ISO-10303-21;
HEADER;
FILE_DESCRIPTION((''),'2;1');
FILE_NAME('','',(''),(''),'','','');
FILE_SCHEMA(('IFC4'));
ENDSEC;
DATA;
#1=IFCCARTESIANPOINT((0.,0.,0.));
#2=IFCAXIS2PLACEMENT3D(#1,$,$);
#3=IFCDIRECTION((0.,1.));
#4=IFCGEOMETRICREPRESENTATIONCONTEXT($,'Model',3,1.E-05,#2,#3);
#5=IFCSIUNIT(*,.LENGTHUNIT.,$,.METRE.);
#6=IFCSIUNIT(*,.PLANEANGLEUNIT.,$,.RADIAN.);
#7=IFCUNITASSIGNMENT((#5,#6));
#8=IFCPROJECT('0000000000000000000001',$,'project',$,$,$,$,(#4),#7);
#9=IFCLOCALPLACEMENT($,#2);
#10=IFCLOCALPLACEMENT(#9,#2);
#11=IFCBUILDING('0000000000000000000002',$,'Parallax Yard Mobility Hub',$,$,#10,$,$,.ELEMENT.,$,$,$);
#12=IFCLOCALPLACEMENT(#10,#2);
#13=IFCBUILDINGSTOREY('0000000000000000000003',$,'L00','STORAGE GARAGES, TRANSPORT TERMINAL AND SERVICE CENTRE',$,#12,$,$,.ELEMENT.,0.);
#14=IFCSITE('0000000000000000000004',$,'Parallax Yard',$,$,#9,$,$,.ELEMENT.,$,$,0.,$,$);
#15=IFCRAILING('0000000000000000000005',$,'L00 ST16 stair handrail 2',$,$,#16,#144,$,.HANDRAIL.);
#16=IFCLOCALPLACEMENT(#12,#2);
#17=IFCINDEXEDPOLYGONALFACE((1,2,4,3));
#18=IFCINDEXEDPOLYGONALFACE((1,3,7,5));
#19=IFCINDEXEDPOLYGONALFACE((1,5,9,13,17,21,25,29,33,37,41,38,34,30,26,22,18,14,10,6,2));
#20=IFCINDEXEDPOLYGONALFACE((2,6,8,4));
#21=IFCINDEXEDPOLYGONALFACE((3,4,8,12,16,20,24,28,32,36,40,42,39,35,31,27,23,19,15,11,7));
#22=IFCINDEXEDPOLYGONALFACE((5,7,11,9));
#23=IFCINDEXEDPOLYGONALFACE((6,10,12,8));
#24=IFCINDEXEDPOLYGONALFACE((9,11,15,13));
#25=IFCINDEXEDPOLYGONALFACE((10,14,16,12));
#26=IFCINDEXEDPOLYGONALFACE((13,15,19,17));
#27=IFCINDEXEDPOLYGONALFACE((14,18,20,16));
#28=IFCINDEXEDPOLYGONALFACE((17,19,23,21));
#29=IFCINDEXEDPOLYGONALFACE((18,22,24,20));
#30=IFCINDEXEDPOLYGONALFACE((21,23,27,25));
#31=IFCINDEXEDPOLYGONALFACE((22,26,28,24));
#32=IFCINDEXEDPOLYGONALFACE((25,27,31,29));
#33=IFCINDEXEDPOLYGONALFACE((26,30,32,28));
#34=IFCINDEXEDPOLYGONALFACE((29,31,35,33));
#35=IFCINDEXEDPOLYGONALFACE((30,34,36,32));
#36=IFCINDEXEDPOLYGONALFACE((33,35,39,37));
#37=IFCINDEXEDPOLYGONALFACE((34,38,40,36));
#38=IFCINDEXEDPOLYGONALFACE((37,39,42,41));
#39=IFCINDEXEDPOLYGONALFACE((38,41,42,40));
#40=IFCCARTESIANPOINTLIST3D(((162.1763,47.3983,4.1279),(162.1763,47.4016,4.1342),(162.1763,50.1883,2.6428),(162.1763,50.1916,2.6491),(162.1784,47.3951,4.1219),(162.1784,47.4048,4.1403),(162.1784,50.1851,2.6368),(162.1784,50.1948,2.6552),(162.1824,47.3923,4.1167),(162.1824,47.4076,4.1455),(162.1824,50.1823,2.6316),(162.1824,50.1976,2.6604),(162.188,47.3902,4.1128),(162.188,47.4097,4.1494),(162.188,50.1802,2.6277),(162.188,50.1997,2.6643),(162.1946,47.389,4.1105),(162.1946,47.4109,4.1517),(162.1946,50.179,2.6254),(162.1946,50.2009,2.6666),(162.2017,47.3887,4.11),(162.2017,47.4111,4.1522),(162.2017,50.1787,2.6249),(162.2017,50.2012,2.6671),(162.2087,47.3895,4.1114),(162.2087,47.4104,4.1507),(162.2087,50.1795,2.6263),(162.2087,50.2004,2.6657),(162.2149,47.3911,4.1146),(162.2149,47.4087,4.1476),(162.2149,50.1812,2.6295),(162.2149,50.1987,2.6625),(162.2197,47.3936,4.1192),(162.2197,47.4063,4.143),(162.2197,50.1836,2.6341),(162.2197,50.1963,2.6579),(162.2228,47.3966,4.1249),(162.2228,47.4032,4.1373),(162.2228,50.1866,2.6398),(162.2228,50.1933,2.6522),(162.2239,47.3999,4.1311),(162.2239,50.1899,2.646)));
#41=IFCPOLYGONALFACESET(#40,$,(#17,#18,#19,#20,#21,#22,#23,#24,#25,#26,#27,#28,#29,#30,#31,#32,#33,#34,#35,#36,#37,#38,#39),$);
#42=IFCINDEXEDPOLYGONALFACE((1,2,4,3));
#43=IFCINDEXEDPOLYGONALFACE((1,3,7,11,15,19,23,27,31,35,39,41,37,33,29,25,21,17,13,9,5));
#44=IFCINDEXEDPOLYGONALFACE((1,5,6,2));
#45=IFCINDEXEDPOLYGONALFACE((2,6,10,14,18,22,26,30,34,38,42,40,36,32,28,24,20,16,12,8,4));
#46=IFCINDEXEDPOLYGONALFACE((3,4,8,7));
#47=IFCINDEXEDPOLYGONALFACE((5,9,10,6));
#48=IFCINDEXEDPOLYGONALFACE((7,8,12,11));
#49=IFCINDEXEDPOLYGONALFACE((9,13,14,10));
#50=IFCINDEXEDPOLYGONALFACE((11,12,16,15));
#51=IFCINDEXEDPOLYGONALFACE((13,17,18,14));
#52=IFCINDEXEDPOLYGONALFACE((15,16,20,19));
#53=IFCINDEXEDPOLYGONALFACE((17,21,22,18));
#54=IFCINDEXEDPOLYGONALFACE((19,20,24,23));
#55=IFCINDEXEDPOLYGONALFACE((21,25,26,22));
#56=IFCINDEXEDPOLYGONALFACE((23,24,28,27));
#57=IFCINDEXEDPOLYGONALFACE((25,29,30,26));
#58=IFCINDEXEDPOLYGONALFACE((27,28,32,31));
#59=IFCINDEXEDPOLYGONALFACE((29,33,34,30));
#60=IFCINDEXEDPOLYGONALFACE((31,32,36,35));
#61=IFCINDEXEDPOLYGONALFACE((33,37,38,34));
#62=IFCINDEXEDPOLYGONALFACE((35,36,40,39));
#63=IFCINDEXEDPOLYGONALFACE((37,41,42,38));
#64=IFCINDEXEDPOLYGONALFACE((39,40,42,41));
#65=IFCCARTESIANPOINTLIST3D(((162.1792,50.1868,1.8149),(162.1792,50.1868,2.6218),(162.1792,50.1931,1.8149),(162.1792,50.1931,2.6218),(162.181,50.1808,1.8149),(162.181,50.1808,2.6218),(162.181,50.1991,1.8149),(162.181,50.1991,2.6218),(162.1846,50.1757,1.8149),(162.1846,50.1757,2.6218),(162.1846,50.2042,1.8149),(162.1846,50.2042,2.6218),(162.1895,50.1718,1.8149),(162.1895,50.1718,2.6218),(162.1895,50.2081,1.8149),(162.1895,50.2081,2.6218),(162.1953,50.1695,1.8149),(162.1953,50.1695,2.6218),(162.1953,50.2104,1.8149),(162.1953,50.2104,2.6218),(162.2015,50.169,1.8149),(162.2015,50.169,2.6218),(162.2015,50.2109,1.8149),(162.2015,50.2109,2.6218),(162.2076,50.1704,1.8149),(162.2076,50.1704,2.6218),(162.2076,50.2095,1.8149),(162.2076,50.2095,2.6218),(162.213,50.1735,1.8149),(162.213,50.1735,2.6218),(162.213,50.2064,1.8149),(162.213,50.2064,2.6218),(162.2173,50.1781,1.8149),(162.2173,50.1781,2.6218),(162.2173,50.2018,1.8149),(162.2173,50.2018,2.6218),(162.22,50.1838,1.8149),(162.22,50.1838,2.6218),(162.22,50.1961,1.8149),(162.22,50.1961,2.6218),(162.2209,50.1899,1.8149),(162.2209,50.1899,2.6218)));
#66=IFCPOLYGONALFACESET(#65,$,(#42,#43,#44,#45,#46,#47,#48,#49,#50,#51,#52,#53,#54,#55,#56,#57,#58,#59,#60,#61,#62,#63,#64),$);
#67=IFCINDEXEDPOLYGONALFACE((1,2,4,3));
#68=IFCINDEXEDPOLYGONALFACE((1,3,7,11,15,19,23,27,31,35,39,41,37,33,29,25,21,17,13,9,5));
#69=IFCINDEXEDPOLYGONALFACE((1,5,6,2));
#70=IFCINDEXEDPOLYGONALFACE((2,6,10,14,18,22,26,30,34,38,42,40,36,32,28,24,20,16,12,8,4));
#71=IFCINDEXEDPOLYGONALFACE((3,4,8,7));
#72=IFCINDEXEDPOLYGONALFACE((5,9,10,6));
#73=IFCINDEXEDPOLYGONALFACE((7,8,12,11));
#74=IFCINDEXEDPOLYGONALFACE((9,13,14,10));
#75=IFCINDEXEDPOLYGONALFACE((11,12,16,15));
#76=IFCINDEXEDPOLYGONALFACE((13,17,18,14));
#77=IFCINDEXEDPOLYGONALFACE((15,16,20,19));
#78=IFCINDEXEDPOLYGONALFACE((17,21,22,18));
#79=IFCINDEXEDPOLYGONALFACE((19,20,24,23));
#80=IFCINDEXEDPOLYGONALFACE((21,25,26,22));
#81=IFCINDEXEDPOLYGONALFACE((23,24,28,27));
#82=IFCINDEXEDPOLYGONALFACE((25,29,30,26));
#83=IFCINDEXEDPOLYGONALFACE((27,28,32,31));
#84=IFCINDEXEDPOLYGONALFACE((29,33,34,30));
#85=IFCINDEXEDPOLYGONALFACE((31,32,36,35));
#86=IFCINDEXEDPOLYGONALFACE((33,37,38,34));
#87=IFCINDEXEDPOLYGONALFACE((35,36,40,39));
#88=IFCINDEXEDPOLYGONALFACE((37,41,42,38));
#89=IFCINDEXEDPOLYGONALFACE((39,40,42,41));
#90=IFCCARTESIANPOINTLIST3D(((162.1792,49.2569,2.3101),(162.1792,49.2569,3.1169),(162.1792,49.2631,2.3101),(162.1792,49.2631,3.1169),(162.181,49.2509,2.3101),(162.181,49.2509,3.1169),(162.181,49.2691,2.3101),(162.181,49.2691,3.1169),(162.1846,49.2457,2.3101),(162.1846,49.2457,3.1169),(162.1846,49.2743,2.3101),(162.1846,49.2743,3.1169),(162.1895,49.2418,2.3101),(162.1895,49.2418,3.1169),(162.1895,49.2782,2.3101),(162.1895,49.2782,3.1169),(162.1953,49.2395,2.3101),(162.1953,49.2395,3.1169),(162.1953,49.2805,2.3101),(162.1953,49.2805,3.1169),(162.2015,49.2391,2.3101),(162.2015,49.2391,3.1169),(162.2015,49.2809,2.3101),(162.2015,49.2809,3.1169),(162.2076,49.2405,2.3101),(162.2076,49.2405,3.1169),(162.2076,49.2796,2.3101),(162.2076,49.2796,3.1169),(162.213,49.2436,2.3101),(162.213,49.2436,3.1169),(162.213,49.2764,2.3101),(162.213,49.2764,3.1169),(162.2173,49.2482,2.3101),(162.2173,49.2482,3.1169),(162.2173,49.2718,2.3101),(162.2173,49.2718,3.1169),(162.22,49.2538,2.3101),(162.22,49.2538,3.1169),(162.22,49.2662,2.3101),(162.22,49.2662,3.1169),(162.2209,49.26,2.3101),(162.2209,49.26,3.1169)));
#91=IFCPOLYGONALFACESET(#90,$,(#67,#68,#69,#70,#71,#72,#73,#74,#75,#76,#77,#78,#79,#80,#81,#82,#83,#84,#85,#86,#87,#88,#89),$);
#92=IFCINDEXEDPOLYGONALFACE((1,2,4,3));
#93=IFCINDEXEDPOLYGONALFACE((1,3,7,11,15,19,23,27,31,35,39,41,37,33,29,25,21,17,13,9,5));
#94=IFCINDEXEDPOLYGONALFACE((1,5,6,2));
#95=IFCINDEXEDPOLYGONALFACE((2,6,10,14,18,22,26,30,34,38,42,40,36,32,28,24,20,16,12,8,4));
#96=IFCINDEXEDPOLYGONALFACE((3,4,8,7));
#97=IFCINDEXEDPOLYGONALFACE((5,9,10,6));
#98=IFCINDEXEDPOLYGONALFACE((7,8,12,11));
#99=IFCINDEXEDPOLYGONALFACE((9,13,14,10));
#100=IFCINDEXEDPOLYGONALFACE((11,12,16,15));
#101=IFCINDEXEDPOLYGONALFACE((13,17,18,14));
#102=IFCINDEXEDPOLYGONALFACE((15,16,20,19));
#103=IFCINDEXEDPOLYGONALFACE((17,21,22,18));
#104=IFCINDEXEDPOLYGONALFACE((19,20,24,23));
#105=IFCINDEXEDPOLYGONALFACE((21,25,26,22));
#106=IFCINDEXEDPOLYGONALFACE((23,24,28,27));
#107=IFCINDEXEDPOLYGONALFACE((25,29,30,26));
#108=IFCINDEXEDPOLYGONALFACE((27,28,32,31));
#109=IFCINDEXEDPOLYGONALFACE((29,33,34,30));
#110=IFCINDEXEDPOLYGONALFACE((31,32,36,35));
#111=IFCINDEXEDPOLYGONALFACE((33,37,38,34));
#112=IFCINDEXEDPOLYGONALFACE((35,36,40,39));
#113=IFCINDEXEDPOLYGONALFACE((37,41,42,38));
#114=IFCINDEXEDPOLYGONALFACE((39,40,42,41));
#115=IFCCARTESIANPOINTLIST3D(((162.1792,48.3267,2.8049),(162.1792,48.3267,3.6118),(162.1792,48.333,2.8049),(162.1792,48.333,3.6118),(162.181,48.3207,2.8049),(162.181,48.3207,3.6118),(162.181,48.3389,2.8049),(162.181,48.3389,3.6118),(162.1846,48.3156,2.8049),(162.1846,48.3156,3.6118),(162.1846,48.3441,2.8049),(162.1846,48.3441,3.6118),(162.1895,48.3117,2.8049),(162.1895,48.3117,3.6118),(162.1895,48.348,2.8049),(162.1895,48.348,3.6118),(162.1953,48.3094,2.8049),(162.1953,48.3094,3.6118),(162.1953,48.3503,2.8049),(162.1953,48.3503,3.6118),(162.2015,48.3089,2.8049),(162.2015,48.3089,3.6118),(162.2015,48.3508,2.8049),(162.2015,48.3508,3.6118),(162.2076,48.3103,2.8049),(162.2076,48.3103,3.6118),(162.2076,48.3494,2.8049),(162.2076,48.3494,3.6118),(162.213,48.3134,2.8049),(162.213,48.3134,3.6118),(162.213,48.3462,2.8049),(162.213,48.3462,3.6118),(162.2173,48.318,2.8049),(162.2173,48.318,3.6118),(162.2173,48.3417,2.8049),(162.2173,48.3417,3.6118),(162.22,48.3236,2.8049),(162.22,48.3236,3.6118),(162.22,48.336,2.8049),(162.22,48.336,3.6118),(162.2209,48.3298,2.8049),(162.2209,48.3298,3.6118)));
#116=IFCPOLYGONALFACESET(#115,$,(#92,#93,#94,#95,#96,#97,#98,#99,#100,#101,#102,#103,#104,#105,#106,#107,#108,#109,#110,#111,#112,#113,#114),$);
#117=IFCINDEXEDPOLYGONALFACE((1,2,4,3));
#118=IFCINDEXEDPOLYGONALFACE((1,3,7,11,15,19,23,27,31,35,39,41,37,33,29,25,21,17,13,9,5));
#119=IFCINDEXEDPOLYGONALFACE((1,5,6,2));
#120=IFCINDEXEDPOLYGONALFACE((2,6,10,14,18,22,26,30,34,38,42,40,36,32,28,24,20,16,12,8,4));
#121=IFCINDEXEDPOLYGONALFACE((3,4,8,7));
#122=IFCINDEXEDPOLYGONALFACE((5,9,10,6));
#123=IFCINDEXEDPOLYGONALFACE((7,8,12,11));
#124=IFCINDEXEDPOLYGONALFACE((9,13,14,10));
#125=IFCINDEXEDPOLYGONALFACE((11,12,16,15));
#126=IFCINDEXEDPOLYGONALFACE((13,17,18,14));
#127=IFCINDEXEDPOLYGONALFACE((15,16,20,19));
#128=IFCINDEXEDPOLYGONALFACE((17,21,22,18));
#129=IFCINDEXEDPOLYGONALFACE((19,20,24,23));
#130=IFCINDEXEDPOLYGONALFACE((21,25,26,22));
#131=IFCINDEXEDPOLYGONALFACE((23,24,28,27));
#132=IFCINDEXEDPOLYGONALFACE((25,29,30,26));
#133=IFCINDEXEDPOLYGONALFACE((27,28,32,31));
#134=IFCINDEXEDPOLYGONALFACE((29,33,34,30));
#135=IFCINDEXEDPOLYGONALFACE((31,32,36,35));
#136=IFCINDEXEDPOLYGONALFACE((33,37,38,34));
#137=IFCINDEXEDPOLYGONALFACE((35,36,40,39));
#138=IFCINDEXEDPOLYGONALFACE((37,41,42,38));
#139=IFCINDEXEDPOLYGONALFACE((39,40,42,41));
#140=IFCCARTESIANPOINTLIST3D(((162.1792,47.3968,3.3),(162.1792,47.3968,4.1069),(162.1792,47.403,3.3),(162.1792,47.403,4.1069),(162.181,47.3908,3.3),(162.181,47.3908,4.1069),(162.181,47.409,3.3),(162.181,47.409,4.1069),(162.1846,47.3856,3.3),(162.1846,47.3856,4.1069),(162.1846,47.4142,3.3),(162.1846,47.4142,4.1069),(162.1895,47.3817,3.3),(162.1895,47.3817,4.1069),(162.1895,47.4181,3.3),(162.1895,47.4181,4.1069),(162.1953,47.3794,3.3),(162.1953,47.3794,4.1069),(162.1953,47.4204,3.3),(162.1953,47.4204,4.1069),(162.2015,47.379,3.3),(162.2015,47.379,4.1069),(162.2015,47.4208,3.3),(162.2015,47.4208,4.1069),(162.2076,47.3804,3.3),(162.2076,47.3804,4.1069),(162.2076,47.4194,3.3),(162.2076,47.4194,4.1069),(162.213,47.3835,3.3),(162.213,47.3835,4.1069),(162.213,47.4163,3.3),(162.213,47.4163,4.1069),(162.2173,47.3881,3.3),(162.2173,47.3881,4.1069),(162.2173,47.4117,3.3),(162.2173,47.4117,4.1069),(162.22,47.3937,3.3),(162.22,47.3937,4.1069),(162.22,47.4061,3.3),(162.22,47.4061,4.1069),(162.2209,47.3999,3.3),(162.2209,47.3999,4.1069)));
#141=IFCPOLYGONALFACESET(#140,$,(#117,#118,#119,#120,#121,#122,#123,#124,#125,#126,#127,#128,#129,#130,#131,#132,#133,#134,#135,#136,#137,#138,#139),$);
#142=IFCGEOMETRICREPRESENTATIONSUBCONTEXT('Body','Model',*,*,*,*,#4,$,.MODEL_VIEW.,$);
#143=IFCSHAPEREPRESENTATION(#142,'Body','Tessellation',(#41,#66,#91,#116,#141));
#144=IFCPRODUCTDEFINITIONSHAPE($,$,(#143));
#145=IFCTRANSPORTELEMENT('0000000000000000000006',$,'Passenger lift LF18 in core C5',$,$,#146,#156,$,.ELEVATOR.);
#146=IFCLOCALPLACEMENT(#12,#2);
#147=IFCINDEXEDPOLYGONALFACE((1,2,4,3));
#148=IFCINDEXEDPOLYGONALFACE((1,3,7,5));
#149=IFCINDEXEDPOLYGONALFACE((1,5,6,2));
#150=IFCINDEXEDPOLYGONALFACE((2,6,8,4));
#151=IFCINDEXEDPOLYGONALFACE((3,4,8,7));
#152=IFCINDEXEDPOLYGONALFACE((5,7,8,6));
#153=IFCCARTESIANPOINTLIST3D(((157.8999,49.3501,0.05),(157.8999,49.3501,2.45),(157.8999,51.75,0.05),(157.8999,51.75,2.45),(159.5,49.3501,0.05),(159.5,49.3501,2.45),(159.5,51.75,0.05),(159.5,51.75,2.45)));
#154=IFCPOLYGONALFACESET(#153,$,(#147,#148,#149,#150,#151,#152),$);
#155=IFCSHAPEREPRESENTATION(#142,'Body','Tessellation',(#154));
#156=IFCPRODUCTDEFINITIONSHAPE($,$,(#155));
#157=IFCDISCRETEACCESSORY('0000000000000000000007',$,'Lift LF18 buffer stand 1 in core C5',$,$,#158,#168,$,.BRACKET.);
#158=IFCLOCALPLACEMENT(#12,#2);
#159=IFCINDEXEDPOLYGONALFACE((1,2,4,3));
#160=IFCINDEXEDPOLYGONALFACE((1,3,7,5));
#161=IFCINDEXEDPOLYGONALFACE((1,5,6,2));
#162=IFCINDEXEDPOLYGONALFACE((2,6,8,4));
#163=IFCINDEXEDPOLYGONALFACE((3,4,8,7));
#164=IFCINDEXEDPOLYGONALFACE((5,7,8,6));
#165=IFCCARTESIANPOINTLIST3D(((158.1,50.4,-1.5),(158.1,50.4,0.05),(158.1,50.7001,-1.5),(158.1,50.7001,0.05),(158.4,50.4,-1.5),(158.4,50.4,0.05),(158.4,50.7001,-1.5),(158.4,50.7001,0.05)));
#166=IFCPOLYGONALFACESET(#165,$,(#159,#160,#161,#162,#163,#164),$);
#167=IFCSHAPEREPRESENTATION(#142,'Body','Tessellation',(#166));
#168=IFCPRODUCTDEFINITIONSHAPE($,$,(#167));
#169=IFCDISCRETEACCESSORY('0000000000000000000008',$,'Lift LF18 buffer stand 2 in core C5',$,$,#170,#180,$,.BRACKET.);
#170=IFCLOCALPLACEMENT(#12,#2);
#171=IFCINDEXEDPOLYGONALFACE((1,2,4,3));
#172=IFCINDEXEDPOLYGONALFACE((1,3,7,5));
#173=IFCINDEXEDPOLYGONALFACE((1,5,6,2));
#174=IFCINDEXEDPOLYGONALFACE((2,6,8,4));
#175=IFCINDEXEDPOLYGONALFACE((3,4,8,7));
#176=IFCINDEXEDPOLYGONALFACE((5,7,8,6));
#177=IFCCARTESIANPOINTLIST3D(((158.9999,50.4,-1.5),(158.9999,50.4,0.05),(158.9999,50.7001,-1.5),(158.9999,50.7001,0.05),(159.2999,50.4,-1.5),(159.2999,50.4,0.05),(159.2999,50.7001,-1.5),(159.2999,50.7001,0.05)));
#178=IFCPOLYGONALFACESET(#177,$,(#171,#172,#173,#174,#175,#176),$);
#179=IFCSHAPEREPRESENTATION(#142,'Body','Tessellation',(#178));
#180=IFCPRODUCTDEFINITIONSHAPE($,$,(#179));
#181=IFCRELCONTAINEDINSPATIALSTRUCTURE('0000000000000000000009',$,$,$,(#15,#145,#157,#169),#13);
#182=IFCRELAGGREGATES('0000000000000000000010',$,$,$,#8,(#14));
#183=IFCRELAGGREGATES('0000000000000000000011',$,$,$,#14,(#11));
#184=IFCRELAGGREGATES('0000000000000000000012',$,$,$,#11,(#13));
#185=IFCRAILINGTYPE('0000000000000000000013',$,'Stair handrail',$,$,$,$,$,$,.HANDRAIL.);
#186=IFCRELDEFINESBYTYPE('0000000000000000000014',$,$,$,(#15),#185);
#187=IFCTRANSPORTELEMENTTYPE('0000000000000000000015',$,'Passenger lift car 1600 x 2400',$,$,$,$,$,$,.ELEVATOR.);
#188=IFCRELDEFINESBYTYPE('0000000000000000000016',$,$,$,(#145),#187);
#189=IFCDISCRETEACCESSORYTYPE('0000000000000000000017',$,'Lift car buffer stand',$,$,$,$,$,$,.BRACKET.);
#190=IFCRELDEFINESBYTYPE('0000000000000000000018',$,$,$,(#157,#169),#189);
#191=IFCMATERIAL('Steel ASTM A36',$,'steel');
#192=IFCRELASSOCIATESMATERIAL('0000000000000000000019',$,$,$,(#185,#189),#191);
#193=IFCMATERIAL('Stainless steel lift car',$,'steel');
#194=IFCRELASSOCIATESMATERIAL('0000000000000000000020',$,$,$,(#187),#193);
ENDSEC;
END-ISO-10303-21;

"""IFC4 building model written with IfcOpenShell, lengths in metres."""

from ifc_helpers import new_model, si_unit, direction, frame, origin, origin_2d, place, context, subcontext, project, spatial, rectangle, circle, extrude, material, type_object, element, save


model = new_model("IFC4")

# Units and contexts
model_context = context("Model", 3, precision=1e-05, world=origin(), true_north=direction((0.0, 1.0)))
body_context = subcontext(model_context, "Body", "Model", "MODEL_VIEW")
ifc_project = project(units=[si_unit("LENGTHUNIT", "METRE"), si_unit("PLANEANGLEUNIT", "RADIAN")], contexts=[model_context])

# Site, building, storey
site_placement = place(None, origin())
site = spatial("IfcSite", under=ifc_project, at=site_placement, Name="Parallax Yard", CompositionType="ELEMENT", RefElevation=0.0)
building_placement = place(site_placement, origin())
building = spatial("IfcBuilding", under=site, at=building_placement, Name="Parallax Yard Mobility Hub", CompositionType="ELEMENT")
storey_placement = place(building_placement, origin())
storey = spatial("IfcBuildingStorey", under=building, at=storey_placement, Name="L00", Description="STORAGE GARAGES, TRANSPORT TERMINAL AND SERVICE CENTRE", CompositionType="ELEMENT", Elevation=0.0)

# Railing
ifc_material_1 = material(Name="Steel ASTM A36", Category="steel")
railing_type_1 = type_object("IfcRailingType", Name="Stair handrail", PredefinedType="HANDRAIL", material=ifc_material_1)
railing_1_placement = place(storey_placement, frame((162.2, 50.1899, 1.8149)))
element("IfcRailing", 1, at=railing_1_placement, inside=storey, type_object=railing_type_1, Name="L00 ST16 stair handrail 2", PredefinedType="HANDRAIL", context=body_context, shape_type="SweptSolid", body=[
    extrude(circle(Radius=0.0239, at=origin_2d()), frame((0.0, 0.0, 0.8311), z_axis=(0.0, -0.882735, 0.46987), x_axis=(1.0, 0.0, 0.0)), (0.0, 0.0, 1.0), 3.1606),
    extrude(circle(Radius=0.021, at=origin_2d()), origin(), (0.0, 0.0, 1.0), 0.8069),
    extrude(circle(Radius=0.021, at=origin_2d()), frame((0.0, -0.9299, 0.4951)), (0.0, 0.0, 1.0), 0.8069),
    extrude(circle(Radius=0.021, at=origin_2d()), frame((0.0, -1.8601, 0.99)), (0.0, 0.0, 1.0), 0.8069),
    extrude(circle(Radius=0.021, at=origin_2d()), frame((0.0, -2.79, 1.4851)), (0.0, 0.0, 1.0), 0.8069),
])

# Transport element
ifc_material_2 = material(Name="Stainless steel lift car", Category="steel")
transport_element_type = type_object("IfcTransportElementType", Name="Passenger lift car 1600 x 2400", PredefinedType="ELEVATOR", material=ifc_material_2)
transport_element_placement = place(storey_placement, frame((158.7, 50.55, 0.05), z_axis=(0.0, 0.0, 1.0), x_axis=(1.0, 0.0, 0.0)))
element("IfcTransportElement", 2, at=transport_element_placement, inside=storey, type_object=transport_element_type, Name="Passenger lift LF18 in core C5", PredefinedType="ELEVATOR", context=body_context, shape_type="SweptSolid", body=[
    extrude(rectangle(XDim=1.6001, YDim=2.3999, at=origin_2d()), origin(), (0.0, 0.0, 1.0), 2.3999),
])

# Discrete accessories
discrete_accessory_type = type_object("IfcDiscreteAccessoryType", Name="Lift car buffer stand", PredefinedType="BRACKET", material=ifc_material_1)
for number, where, z_axis, x_axis, name in (
    (3, (158.25, 50.55, -1.5), (0.0, 0.0, 1.0), (1.0, 0.0, 0.0), "Lift LF18 buffer stand 1 in core C5"),
    (4, (159.1499, 50.55, -1.5), (0.0, 0.0, 1.0), (1.0, 0.0, 0.0), "Lift LF18 buffer stand 2 in core C5"),
):
    element("IfcDiscreteAccessory", number, at=place(storey_placement, frame(where, z_axis=z_axis, x_axis=x_axis)), inside=storey, type_object=discrete_accessory_type, Name=name, PredefinedType="BRACKET", context=body_context, shape_type="SweptSolid", body=[
        extrude(rectangle(XDim=0.3, YDim=0.3, at=origin_2d()), origin(), (0.0, 0.0, 1.0), 1.55),
    ])

save(model, "model.ifc")
